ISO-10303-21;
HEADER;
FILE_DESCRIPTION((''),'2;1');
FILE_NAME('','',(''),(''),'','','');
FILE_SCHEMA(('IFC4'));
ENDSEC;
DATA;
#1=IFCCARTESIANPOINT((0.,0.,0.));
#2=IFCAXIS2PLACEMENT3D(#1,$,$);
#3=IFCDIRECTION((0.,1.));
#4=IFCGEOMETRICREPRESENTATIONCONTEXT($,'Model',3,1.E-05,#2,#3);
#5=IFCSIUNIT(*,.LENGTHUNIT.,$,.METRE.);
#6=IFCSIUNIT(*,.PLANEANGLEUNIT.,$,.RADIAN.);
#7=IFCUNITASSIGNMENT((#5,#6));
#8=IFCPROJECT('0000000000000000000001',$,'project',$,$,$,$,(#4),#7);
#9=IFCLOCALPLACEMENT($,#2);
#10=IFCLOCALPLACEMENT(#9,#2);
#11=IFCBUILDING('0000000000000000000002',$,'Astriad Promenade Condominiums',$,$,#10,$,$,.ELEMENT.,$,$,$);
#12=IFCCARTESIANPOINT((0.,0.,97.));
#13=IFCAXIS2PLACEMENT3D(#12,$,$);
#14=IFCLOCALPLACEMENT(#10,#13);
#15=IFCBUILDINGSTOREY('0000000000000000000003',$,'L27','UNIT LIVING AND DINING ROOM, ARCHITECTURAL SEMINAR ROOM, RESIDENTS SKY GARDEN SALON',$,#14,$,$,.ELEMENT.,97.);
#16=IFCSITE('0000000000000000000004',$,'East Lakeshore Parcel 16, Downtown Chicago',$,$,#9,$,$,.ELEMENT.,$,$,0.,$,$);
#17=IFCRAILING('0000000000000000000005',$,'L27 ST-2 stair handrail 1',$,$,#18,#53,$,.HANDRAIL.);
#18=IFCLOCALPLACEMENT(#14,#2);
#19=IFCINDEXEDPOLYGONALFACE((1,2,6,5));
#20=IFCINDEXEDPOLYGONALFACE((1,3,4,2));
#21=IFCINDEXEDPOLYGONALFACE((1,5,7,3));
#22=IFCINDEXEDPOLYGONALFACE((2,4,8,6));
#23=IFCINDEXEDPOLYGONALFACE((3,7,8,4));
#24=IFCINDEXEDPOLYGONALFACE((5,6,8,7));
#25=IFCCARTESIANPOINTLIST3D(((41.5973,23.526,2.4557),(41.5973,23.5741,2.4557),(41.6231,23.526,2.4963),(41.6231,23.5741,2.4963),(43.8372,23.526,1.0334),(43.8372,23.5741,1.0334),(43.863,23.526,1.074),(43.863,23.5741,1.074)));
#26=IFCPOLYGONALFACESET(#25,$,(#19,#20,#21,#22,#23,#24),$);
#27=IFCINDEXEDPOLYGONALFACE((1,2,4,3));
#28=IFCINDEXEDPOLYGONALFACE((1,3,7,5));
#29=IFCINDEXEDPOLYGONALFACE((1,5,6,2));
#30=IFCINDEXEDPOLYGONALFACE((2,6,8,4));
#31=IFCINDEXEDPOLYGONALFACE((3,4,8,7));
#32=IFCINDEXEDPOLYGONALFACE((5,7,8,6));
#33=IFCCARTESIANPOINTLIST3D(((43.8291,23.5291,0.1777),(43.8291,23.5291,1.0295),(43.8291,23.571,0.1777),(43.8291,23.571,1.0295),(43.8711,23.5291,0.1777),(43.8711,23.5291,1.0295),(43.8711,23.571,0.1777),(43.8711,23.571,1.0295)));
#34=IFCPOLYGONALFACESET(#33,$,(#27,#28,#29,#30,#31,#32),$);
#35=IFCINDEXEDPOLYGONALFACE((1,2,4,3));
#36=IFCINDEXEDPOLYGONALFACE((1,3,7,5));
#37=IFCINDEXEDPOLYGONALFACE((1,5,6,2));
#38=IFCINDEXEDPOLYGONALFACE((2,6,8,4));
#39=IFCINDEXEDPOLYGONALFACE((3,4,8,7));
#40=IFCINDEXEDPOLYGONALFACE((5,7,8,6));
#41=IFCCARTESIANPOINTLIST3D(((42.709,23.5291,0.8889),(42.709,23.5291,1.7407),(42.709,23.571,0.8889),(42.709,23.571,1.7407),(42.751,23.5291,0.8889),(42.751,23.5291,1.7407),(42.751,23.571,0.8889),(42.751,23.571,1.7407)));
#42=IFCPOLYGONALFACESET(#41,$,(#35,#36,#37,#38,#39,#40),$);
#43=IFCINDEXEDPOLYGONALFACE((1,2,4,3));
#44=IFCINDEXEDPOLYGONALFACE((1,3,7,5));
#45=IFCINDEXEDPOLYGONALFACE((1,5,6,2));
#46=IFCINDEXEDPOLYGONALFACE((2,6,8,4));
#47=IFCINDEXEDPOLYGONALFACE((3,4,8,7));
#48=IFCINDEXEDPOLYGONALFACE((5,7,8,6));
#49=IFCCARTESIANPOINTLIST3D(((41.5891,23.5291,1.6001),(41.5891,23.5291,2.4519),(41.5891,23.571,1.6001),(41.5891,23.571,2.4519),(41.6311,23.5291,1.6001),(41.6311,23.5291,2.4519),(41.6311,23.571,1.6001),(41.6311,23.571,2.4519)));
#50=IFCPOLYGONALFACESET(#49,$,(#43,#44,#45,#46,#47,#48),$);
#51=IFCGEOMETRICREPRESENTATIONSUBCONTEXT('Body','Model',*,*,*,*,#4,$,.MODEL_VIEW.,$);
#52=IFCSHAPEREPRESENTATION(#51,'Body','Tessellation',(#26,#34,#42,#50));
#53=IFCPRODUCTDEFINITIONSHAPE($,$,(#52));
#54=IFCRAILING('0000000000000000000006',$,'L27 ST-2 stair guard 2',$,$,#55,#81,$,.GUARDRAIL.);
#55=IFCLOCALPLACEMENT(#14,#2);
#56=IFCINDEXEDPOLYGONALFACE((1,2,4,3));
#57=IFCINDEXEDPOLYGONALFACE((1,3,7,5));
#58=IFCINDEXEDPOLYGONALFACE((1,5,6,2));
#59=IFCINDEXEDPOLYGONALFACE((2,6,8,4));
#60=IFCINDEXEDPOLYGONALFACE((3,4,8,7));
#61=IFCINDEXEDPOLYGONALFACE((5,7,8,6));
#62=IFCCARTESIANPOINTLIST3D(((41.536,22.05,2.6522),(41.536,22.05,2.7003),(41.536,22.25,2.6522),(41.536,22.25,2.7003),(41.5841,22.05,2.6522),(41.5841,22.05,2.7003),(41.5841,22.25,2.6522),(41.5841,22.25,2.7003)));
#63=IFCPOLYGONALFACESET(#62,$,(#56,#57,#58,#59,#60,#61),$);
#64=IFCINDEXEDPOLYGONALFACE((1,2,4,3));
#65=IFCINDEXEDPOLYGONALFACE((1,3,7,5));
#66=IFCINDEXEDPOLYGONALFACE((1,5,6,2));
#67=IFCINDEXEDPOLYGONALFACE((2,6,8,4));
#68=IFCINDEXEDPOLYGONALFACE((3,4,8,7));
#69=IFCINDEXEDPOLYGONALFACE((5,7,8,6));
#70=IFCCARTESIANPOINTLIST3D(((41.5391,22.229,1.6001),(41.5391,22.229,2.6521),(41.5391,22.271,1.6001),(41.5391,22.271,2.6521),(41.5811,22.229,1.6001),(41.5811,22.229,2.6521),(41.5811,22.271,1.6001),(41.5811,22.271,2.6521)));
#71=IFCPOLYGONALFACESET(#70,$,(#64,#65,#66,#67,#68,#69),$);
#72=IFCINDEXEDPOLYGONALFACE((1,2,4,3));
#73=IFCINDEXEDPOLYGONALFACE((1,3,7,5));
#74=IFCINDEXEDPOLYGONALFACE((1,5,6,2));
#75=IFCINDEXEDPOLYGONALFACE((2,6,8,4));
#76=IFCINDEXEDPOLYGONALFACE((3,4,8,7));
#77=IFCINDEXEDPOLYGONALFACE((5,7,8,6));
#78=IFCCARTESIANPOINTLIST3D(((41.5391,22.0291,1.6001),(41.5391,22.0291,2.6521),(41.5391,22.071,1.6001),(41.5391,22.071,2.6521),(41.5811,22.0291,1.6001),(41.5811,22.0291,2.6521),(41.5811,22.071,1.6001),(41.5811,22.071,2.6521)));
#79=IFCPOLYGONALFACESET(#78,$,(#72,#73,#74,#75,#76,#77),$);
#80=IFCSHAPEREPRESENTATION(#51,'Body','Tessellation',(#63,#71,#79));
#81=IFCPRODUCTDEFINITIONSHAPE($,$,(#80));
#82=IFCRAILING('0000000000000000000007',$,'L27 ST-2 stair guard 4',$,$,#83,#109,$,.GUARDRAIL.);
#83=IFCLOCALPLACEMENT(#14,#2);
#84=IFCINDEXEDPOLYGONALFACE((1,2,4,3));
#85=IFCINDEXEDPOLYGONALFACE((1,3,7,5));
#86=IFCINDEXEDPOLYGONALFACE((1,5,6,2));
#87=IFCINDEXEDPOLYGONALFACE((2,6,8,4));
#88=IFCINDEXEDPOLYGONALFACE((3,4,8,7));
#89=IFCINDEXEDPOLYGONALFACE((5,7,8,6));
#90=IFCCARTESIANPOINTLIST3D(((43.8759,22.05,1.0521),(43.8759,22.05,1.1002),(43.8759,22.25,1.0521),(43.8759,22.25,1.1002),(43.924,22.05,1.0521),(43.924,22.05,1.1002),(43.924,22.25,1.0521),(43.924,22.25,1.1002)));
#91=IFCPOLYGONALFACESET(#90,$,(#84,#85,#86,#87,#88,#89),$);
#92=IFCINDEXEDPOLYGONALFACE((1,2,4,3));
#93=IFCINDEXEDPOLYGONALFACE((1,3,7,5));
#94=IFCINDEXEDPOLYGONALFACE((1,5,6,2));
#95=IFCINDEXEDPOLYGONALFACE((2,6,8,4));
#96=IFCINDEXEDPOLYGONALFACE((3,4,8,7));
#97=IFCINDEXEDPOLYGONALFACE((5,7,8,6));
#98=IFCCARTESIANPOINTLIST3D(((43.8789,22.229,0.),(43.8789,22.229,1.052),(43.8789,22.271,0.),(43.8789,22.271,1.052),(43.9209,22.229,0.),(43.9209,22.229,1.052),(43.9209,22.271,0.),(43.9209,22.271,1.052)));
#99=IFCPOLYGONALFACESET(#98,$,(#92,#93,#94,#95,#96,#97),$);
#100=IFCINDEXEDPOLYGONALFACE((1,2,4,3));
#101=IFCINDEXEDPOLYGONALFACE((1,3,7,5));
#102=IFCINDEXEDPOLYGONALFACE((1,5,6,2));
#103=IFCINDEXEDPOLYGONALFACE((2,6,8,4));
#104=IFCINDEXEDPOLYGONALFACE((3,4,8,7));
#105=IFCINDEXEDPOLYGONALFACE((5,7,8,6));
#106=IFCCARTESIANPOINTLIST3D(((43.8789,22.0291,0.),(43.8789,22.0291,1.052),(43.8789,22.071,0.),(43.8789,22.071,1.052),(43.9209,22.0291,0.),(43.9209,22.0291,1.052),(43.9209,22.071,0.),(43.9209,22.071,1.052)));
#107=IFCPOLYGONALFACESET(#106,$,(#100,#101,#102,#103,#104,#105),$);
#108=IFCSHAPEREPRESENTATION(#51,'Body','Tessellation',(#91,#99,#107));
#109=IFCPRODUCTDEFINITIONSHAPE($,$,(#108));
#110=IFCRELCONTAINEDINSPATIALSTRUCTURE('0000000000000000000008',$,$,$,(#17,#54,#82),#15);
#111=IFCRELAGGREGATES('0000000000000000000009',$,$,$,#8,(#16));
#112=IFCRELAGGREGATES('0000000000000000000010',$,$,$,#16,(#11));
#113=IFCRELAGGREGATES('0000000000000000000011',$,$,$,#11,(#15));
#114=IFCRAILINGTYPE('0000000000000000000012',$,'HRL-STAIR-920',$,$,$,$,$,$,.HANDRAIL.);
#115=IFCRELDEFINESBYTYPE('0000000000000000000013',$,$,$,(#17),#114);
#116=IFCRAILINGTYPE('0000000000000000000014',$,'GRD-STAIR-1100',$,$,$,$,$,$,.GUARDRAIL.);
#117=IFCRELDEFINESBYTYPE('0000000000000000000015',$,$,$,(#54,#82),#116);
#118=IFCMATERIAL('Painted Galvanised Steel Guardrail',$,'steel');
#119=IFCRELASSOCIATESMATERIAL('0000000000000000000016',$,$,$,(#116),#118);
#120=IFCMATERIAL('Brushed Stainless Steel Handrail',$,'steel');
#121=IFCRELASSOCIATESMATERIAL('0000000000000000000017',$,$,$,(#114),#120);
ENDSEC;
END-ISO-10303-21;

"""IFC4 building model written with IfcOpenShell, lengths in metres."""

from ifc_helpers import new_model, si_unit, direction, frame, origin, origin_2d, place, context, subcontext, project, spatial, rectangle, extrude, source, transform, mapped, material, type_object, element, save


model = new_model("IFC4")

# Units and contexts
model_context = context("Model", 3, precision=1e-05, world=origin(), true_north=direction((0.0, 1.0)))
body_context = subcontext(model_context, "Body", "Model", "MODEL_VIEW")
ifc_project = project(units=[si_unit("LENGTHUNIT", "METRE"), si_unit("PLANEANGLEUNIT", "RADIAN")], contexts=[model_context])

# Site, building, storey
site_placement = place(None, origin())
site = spatial("IfcSite", under=ifc_project, at=site_placement, Name="East Lakeshore Parcel 16, Downtown Chicago", CompositionType="ELEMENT", RefElevation=0.0)
building_placement = place(site_placement, origin())
building = spatial("IfcBuilding", under=site, at=building_placement, Name="Astriad Promenade Condominiums", CompositionType="ELEMENT")
storey_placement = place(building_placement, frame((0.0, 0.0, 97.0)))
storey = spatial("IfcBuildingStorey", under=building, at=storey_placement, Name="L27", Description="UNIT LIVING AND DINING ROOM, ARCHITECTURAL SEMINAR ROOM, RESIDENTS SKY GARDEN SALON", CompositionType="ELEMENT", Elevation=97.0)

# Railings
ifc_material_1 = material(Name="Painted Galvanised Steel Guardrail", Category="steel")
railing_type_1 = type_object("IfcRailingType", Name="GRD-STAIR-1100", PredefinedType="GUARDRAIL", material=ifc_material_1)
ifc_material_2 = material(Name="Brushed Stainless Steel Handrail", Category="steel")
railing_type_2 = type_object("IfcRailingType", Name="HRL-STAIR-920", PredefinedType="HANDRAIL", material=ifc_material_2)
shared_shape_1 = source(origin(), body_context, "Body", "SweptSolid", [
    extrude(rectangle(XDim=0.0481, YDim=0.0481, at=origin_2d()), frame((0.0, 0.0, 0.876), z_axis=(-0.844188, 0.0, 0.536048), x_axis=(0.0, -1.0, 0.0)), (0.0, 0.0, 1.0), 2.6533),
    extrude(rectangle(XDim=0.042, YDim=0.042, at=origin_2d()), origin(), (0.0, 0.0, 1.0), 0.8518),
    extrude(rectangle(XDim=0.042, YDim=0.042, at=origin_2d()), frame((-1.1201, 0.0, 0.7112)), (0.0, 0.0, 1.0), 0.8518),
    extrude(rectangle(XDim=0.042, YDim=0.042, at=origin_2d()), frame((-2.24, 0.0, 1.4224)), (0.0, 0.0, 1.0), 0.8518),
])
railing_1_placement = place(storey_placement, frame((43.8501, 23.55, 0.1777)))
element("IfcRailing", 1, at=railing_1_placement, inside=storey, type_object=railing_type_2, Name="L27 ST-2 stair handrail 1", PredefinedType="HANDRAIL", context=body_context, shape_type="MappedRepresentation", body=[
    mapped(shared_shape_1, transform((0.0, 0.0, 0.0), scale=1.0)),
])
shared_shape_2 = source(origin(), body_context, "Body", "SweptSolid", [
    extrude(rectangle(XDim=0.0481, YDim=0.0481, at=origin_2d()), frame((0.0, 0.0, 1.0762), z_axis=(0.0, -1.0, 0.0), x_axis=(1.0, 0.0, 0.0)), (0.0, 0.0, 1.0), 0.2),
    extrude(rectangle(XDim=0.042, YDim=0.042, at=origin_2d()), origin(), (0.0, 0.0, 1.0), 1.052),
    extrude(rectangle(XDim=0.042, YDim=0.042, at=origin_2d()), frame((0.0, -0.2, 0.0)), (0.0, 0.0, 1.0), 1.052),
])
for number, where, name in (
    (2, (41.5601, 22.25, 1.6001), "L27 ST-2 stair guard 2"),
    (3, (43.8999, 22.25, 0.0), "L27 ST-2 stair guard 4"),
):
    element("IfcRailing", number, at=place(storey_placement, frame(where)), inside=storey, type_object=railing_type_1, Name=name, PredefinedType="GUARDRAIL", context=body_context, shape_type="MappedRepresentation", body=[
        mapped(shared_shape_2, transform((0.0, 0.0, 0.0), scale=1.0)),
    ])

save(model, "model.ifc")
